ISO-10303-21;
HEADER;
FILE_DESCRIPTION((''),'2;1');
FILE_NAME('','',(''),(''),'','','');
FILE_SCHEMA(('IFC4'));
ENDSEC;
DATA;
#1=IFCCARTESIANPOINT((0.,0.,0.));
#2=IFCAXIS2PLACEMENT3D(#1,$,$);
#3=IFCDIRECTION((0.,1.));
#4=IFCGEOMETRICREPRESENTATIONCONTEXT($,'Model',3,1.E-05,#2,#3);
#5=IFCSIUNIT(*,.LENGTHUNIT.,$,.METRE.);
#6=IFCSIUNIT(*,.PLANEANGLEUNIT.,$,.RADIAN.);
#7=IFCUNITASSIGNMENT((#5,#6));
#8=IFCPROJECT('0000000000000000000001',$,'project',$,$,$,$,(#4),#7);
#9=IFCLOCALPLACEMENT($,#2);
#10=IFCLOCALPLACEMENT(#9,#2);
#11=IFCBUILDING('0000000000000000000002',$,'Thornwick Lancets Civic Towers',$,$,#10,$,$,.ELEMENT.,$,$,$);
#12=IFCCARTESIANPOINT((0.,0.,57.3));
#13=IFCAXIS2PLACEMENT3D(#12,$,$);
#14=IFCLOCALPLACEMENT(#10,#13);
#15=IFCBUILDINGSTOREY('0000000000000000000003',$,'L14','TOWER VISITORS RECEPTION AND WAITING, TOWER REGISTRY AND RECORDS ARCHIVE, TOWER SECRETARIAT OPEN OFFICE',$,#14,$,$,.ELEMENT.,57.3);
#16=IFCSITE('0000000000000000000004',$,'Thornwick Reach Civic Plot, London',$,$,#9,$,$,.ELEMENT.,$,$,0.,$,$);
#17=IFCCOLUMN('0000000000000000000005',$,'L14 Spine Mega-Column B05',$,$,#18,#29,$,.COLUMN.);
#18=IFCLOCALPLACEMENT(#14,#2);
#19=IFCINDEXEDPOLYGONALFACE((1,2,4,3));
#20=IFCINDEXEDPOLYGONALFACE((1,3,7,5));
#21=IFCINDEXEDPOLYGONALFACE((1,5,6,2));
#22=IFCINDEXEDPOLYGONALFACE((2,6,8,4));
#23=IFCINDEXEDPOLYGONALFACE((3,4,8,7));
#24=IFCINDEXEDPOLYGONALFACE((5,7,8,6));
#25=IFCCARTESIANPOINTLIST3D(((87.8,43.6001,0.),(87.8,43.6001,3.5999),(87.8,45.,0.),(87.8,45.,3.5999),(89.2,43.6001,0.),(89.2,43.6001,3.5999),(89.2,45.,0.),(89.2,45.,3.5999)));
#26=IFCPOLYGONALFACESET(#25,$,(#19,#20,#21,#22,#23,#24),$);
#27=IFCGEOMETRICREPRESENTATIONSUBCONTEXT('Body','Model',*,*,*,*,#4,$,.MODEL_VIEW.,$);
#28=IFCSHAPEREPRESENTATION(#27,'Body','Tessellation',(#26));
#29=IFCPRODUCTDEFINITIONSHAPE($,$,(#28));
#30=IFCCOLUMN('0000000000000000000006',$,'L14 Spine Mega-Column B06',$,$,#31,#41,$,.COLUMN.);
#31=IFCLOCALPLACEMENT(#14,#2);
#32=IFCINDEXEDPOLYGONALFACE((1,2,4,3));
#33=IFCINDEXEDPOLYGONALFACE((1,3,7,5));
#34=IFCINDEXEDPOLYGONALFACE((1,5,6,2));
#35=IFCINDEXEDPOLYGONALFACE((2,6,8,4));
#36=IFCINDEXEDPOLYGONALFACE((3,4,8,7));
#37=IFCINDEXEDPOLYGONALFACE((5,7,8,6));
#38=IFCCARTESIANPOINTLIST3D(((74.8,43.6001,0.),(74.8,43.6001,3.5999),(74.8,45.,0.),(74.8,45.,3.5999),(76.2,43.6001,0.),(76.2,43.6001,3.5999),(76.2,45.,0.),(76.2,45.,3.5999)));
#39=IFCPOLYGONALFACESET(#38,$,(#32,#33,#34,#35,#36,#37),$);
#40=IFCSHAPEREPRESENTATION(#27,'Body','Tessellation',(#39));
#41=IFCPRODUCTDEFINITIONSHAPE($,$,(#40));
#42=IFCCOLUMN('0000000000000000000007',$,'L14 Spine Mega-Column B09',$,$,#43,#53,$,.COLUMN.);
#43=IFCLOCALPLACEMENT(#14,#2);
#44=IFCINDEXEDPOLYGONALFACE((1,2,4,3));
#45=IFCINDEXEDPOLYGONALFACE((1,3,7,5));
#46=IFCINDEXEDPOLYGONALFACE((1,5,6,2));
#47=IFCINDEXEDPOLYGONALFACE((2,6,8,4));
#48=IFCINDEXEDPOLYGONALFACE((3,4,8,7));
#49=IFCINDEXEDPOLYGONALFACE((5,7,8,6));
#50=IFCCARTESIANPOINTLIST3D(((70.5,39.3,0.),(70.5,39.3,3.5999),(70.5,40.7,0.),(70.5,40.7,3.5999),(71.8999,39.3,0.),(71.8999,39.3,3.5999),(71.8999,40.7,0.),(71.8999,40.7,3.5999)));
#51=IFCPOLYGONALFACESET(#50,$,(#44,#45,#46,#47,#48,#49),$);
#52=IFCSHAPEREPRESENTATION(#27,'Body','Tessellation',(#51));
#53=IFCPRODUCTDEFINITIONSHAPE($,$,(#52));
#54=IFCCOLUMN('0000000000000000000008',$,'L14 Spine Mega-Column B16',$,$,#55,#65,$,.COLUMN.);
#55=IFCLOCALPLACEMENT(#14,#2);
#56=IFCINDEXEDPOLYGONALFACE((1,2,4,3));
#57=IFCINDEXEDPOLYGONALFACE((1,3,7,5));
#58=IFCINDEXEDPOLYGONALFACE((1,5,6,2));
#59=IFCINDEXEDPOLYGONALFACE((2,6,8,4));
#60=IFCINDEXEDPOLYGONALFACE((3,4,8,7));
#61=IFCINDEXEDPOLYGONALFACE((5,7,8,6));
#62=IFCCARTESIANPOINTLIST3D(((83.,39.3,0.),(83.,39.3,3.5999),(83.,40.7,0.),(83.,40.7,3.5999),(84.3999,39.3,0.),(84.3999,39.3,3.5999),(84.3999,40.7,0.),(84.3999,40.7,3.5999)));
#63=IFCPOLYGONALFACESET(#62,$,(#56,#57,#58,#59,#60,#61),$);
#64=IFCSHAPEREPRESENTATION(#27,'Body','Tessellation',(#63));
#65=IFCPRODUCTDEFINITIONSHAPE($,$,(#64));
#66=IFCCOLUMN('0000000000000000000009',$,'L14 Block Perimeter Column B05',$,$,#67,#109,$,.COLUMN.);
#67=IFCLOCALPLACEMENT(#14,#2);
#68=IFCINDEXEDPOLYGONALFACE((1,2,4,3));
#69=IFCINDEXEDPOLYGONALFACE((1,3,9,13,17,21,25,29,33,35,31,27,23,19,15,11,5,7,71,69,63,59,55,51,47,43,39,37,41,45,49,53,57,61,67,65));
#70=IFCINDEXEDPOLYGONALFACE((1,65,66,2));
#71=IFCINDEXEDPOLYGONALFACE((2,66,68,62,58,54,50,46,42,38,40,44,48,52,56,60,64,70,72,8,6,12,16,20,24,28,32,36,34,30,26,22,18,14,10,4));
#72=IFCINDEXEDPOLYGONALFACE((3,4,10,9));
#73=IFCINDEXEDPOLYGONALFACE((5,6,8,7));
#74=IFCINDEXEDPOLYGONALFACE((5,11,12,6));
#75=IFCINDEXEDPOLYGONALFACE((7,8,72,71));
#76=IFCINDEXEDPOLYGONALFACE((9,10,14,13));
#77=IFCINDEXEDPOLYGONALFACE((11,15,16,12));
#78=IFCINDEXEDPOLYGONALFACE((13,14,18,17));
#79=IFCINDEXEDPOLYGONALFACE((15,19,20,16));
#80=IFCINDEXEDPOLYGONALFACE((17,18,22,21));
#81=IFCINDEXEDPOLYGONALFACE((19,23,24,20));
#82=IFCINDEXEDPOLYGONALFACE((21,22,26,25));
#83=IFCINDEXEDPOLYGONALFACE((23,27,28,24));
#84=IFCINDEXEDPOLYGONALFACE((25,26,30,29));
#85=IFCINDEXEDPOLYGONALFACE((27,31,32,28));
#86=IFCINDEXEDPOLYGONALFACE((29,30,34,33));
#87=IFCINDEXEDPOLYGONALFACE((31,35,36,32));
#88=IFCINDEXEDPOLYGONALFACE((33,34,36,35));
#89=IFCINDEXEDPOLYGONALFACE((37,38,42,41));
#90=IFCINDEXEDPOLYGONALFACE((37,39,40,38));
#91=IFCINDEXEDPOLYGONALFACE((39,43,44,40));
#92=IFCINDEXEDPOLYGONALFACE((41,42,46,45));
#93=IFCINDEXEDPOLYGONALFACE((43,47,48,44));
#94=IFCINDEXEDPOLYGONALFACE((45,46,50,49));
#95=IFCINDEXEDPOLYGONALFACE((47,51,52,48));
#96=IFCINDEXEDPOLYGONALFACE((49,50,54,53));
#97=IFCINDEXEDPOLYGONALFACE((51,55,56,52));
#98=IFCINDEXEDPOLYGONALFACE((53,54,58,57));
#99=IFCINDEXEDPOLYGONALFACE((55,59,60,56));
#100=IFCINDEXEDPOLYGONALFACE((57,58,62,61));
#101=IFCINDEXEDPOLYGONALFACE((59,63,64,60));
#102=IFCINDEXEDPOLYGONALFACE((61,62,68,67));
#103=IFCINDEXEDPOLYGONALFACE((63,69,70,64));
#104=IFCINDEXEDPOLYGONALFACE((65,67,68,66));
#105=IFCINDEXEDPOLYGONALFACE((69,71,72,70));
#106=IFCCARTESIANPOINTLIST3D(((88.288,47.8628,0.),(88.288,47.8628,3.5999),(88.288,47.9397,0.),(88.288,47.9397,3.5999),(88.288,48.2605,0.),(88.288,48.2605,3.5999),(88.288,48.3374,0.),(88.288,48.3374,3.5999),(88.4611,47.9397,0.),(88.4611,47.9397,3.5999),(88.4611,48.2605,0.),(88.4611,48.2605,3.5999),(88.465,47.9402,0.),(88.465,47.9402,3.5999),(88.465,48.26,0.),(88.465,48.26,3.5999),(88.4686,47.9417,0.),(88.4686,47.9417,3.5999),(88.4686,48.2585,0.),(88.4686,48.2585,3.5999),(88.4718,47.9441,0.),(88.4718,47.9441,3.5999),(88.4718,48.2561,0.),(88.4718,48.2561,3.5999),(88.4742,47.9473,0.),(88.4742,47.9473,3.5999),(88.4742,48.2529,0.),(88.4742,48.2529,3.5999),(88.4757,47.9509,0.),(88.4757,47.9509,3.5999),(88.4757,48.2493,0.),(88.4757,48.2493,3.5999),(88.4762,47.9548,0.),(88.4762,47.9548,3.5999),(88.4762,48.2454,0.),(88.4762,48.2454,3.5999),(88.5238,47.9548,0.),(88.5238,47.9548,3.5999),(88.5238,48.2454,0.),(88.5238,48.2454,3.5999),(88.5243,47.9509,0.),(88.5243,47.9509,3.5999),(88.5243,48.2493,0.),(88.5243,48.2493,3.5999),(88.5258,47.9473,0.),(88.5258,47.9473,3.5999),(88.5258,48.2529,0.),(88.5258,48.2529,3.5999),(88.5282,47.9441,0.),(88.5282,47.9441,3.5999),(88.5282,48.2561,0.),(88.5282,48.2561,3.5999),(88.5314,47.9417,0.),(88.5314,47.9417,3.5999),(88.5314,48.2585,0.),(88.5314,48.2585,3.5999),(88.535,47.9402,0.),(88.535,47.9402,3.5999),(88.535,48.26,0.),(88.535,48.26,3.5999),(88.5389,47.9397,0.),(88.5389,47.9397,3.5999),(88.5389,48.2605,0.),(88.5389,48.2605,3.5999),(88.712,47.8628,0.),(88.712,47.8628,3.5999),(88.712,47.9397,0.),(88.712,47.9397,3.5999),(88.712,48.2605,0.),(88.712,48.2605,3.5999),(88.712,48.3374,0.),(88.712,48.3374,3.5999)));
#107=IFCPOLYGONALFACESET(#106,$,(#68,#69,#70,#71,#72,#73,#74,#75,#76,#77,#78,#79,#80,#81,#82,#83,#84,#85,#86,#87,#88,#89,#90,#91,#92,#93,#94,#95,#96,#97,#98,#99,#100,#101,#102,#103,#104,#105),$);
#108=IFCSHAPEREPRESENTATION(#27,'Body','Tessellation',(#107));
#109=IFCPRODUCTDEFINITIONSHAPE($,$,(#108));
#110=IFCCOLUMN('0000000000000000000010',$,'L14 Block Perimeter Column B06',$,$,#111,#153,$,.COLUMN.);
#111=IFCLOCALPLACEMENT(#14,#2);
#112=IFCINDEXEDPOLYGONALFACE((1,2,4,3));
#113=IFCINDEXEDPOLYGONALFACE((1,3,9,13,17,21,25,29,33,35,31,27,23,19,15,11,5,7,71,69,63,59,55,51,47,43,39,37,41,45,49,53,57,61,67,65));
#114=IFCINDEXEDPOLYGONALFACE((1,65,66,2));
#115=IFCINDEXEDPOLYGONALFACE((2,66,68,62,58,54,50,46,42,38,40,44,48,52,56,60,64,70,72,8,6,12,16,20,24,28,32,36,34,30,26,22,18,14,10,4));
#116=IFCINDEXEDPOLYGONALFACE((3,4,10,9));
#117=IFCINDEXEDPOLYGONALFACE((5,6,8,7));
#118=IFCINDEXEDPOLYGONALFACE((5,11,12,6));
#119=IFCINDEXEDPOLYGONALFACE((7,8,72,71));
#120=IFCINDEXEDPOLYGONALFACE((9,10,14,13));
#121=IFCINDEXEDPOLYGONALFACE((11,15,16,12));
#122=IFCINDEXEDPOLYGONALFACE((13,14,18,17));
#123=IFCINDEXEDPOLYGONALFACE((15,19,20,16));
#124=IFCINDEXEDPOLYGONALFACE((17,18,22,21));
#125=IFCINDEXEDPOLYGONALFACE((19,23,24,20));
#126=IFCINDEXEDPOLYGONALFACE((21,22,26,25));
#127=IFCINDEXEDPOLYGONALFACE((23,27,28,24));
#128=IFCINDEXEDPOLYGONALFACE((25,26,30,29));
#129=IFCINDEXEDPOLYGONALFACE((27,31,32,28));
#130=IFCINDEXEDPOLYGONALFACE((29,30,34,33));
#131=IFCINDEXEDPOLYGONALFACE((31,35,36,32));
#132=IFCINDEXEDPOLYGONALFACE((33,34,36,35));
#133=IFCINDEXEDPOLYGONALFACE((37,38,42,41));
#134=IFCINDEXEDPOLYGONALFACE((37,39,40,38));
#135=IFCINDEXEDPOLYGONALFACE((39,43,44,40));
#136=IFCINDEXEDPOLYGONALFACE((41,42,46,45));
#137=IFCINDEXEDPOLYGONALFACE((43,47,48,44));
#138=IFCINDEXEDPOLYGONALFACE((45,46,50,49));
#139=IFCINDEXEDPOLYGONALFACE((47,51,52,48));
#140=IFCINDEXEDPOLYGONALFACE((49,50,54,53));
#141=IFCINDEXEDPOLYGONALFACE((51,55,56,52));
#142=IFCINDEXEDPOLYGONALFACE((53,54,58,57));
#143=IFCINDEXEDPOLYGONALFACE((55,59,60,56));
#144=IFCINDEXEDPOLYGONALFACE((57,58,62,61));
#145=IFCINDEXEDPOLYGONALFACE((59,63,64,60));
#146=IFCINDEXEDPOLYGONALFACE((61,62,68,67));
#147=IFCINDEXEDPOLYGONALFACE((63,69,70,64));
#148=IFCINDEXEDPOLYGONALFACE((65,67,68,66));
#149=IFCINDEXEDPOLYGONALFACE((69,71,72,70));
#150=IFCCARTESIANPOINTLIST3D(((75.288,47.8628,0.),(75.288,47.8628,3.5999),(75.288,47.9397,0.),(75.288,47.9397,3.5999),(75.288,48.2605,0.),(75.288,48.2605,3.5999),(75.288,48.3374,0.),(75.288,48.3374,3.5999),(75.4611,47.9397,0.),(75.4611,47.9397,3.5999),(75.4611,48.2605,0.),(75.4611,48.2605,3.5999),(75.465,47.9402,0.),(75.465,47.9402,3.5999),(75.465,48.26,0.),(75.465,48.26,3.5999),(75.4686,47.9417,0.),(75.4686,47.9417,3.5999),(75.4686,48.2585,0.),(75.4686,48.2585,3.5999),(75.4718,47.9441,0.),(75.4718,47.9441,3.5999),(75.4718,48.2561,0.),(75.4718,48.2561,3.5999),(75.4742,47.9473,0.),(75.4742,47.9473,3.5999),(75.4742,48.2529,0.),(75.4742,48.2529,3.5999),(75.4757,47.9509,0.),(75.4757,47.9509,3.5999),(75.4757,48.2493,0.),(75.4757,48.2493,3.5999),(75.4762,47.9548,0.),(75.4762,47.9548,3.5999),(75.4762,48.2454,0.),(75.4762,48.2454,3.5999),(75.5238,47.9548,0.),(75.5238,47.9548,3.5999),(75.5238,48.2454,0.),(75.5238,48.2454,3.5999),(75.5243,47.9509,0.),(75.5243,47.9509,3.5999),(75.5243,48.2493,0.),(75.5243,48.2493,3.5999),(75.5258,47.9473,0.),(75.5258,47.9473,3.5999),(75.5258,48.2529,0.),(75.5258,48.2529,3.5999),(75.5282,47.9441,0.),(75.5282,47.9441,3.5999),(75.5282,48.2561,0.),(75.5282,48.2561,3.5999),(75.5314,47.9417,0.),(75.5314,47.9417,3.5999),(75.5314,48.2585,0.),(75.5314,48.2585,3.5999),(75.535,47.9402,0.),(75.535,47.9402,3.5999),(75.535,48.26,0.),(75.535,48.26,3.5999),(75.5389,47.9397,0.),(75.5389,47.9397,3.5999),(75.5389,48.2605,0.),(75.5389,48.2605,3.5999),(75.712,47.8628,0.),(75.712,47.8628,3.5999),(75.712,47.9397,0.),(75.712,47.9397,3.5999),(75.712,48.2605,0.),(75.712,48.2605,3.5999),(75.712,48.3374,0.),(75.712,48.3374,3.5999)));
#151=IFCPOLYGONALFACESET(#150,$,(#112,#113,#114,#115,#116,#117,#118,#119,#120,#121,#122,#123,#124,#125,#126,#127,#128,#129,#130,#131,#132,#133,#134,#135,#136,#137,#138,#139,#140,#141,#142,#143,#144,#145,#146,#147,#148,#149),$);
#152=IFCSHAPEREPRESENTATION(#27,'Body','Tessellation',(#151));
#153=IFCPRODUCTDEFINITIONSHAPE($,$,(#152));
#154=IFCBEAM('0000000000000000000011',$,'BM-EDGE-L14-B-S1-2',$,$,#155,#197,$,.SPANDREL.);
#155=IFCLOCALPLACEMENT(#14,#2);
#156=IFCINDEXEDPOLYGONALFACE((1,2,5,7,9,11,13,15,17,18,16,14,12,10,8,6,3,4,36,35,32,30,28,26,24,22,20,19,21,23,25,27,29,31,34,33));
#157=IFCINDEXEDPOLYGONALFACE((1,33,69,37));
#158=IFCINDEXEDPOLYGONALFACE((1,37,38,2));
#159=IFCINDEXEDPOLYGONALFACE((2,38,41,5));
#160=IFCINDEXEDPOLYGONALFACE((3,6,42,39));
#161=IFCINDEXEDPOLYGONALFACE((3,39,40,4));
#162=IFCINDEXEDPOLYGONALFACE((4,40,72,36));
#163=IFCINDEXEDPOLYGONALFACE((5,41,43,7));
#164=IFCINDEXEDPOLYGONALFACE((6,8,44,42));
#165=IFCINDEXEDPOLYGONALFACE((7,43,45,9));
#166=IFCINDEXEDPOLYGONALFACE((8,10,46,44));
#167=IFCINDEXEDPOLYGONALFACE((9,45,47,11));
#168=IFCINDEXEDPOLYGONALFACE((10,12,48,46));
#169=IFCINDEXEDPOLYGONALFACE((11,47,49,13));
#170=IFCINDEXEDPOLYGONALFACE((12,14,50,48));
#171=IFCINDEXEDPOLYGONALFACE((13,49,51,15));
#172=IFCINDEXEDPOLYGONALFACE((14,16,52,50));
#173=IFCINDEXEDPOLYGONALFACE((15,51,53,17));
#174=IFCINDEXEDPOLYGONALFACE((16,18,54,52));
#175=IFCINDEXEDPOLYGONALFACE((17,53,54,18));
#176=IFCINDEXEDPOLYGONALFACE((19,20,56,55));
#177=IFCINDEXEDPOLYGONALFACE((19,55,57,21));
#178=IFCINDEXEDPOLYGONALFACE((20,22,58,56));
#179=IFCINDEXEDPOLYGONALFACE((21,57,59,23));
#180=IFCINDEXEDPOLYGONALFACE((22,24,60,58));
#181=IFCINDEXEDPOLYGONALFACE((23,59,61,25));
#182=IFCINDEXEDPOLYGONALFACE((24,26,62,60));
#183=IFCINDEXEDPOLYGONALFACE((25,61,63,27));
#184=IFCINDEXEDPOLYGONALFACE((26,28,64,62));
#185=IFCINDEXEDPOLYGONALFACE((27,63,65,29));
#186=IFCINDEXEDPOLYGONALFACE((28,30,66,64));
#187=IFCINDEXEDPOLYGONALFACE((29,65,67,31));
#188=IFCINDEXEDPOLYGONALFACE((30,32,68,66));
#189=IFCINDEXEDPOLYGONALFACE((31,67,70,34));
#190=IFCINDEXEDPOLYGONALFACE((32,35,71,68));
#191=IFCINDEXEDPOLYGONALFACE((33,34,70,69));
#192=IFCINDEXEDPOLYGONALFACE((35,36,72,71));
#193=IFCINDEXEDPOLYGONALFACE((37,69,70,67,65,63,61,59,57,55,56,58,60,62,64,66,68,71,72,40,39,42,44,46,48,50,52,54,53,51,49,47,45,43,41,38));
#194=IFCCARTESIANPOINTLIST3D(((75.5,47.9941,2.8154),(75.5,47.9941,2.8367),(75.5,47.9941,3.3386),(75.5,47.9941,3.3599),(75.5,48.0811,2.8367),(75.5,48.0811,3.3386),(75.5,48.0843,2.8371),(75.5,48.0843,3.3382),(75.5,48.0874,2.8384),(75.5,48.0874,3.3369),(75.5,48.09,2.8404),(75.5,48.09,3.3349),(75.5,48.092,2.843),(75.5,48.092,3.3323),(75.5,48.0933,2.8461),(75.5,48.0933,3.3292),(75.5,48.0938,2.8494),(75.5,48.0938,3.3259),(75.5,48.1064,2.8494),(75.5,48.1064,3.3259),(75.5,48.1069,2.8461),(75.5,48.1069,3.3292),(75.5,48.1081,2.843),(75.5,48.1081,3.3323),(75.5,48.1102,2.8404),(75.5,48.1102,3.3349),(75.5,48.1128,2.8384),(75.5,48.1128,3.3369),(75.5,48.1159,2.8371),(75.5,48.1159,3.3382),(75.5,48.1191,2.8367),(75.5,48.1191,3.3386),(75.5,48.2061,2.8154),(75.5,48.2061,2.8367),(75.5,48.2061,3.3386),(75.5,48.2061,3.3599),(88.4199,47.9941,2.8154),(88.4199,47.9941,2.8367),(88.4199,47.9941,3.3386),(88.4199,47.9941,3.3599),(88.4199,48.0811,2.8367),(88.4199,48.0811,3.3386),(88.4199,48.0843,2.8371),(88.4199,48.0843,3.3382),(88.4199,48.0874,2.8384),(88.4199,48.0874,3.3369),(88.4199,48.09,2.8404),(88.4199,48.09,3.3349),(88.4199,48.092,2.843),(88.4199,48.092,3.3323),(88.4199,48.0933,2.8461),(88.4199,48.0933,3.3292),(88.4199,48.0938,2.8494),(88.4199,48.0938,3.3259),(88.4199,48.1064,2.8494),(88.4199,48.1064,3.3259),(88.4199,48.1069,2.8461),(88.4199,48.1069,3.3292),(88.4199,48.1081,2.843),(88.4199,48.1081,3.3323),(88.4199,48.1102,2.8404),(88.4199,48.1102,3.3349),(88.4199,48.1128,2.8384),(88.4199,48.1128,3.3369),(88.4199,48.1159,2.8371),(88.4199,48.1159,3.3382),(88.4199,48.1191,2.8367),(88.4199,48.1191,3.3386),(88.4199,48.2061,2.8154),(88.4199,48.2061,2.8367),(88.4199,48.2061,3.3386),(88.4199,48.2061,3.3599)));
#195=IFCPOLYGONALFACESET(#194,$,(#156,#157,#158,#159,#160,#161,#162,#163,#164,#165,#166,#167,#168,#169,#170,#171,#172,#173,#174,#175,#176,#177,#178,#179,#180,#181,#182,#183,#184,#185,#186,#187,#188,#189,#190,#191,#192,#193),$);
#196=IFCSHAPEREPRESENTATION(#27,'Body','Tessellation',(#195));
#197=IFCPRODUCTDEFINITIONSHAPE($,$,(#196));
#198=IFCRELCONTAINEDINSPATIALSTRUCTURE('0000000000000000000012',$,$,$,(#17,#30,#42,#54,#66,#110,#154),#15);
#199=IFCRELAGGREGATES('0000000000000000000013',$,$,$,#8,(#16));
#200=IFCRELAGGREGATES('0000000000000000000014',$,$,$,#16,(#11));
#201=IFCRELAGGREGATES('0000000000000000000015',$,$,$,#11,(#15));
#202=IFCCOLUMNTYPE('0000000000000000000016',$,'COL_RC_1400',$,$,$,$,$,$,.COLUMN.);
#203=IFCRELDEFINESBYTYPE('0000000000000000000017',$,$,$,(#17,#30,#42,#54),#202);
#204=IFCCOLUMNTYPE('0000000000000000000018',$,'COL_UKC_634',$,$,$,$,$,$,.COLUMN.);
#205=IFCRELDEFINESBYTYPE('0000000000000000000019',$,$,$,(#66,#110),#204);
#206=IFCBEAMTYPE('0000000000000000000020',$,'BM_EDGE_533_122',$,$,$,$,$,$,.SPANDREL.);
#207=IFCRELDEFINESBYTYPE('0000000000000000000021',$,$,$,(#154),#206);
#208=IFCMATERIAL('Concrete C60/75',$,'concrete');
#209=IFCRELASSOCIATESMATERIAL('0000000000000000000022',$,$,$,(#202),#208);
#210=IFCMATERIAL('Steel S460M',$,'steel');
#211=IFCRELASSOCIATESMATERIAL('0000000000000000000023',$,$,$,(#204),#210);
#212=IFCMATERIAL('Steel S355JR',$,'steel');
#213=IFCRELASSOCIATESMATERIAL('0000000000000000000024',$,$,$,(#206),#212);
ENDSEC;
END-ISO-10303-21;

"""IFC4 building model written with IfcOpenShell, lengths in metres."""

from ifc_helpers import new_model, si_unit, direction, frame, origin, origin_2d, place, context, subcontext, project, spatial, rectangle, i_section, extrude, material, material_profile, profile_set, type_object, element, save


model = new_model("IFC4")

# Units and contexts
model_context = context("Model", 3, precision=1e-05, world=origin(), true_north=direction((0.0, 1.0)))
body_context = subcontext(model_context, "Body", "Model", "MODEL_VIEW")
ifc_project = project(units=[si_unit("LENGTHUNIT", "METRE"), si_unit("PLANEANGLEUNIT", "RADIAN")], contexts=[model_context])

# Site, building, storey
site_placement = place(None, origin())
site = spatial("IfcSite", under=ifc_project, at=site_placement, Name="Thornwick Reach Civic Plot, London", CompositionType="ELEMENT", RefElevation=0.0)
building_placement = place(site_placement, origin())
building = spatial("IfcBuilding", under=site, at=building_placement, Name="Thornwick Lancets Civic Towers", CompositionType="ELEMENT")
storey_placement = place(building_placement, frame((0.0, 0.0, 57.3)))
storey = spatial("IfcBuildingStorey", under=building, at=storey_placement, Name="L14", Description="TOWER VISITORS RECEPTION AND WAITING, TOWER REGISTRY AND RECORDS ARCHIVE, TOWER SECRETARIAT OPEN OFFICE", CompositionType="ELEMENT", Elevation=57.3)

# Columns
ifc_material_1 = material(Name="Concrete C60/75", Category="concrete")
ifc_material_profile_1 = material_profile(ifc_material_1, rectangle(XDim=1.3999, YDim=1.3999, at=origin_2d()), Name="RC 1400x1400")
ifc_profile_set_1 = profile_set([ifc_material_profile_1], Name="Concrete C60/75")
column_type_1 = type_object("IfcColumnType", Name="COL_RC_1400", PredefinedType="COLUMN", material=ifc_profile_set_1)
for number, where, z_axis, x_axis, name in (
    (1, (88.5, 44.3, 0.0), (0.0, 0.0, 1.0), (1.0, 0.0, 0.0), "L14 Spine Mega-Column B05"),
    (2, (75.5, 44.3, 0.0), (0.0, 0.0, 1.0), (1.0, 0.0, 0.0), "L14 Spine Mega-Column B06"),
    (3, (71.2, 40.0, 0.0), (0.0, 0.0, 1.0), (1.0, 0.0, 0.0), "L14 Spine Mega-Column B09"),
    (4, (83.7, 40.0, 0.0), (0.0, 0.0, 1.0), (1.0, 0.0, 0.0), "L14 Spine Mega-Column B16"),
):
    element("IfcColumn", number, at=place(storey_placement, frame(where, z_axis=z_axis, x_axis=x_axis)), inside=storey, type_object=column_type_1, Name=name, PredefinedType="COLUMN", context=body_context, shape_type="SweptSolid", body=[
        extrude(rectangle(XDim=1.3999, YDim=1.3999, at=origin_2d()), origin(), (0.0, 0.0, 1.0), 3.5999),
    ])
ifc_material_2 = material(Name="Steel S460M", Category="steel")
ifc_material_profile_2 = material_profile(ifc_material_2, i_section(OverallWidth=0.4241, OverallDepth=0.4746, WebThickness=0.0476, FlangeThickness=0.0769, FilletRadius=0.0151, at=origin_2d()), Name="UKC 356x406x634")
ifc_profile_set_2 = profile_set([ifc_material_profile_2], Name="Steel S460M")
column_type_2 = type_object("IfcColumnType", Name="COL_UKC_634", PredefinedType="COLUMN", material=ifc_profile_set_2)
for number, where, z_axis, x_axis, name in (
    (5, (88.5, 48.1001, 0.0), (0.0, 0.0, 1.0), (1.0, 0.0, 0.0), "L14 Block Perimeter Column B05"),
    (6, (75.5, 48.1001, 0.0), (0.0, 0.0, 1.0), (1.0, 0.0, 0.0), "L14 Block Perimeter Column B06"),
):
    element("IfcColumn", number, at=place(storey_placement, frame(where, z_axis=z_axis, x_axis=x_axis)), inside=storey, type_object=column_type_2, Name=name, PredefinedType="COLUMN", context=body_context, shape_type="SweptSolid", body=[
        extrude(i_section(OverallWidth=0.4241, OverallDepth=0.4746, WebThickness=0.0476, FlangeThickness=0.0769, FilletRadius=0.0151, at=origin_2d()), origin(), (0.0, 0.0, 1.0), 3.5999),
    ])

# Beam
ifc_material_3 = material(Name="Steel S355JR", Category="steel")
ifc_material_profile_3 = material_profile(ifc_material_3, i_section(OverallWidth=0.2119, OverallDepth=0.5444, WebThickness=0.0127, FlangeThickness=0.0212, FilletRadius=0.0127, at=origin_2d()), Name="UKB 533x210x122")
ifc_profile_set_3 = profile_set([ifc_material_profile_3], Name="Steel S355JR")
beam_type_1 = type_object("IfcBeamType", Name="BM_EDGE_533_122", PredefinedType="SPANDREL", material=ifc_profile_set_3)
beam_1_placement = place(storey_placement, frame((88.4199, 48.1001, 3.0876), z_axis=(-1.0, 0.0, 0.0), x_axis=(0.0, -1.0, 0.0)))
element("IfcBeam", 7, at=beam_1_placement, inside=storey, type_object=beam_type_1, Name="BM-EDGE-L14-B-S1-2", PredefinedType="SPANDREL", context=body_context, shape_type="SweptSolid", body=[
    extrude(i_section(OverallWidth=0.2119, OverallDepth=0.5444, WebThickness=0.0127, FlangeThickness=0.0212, FilletRadius=0.0127, at=origin_2d()), origin(), (0.0, 0.0, 1.0), 12.9199),
])

save(model, "model.ifc")
